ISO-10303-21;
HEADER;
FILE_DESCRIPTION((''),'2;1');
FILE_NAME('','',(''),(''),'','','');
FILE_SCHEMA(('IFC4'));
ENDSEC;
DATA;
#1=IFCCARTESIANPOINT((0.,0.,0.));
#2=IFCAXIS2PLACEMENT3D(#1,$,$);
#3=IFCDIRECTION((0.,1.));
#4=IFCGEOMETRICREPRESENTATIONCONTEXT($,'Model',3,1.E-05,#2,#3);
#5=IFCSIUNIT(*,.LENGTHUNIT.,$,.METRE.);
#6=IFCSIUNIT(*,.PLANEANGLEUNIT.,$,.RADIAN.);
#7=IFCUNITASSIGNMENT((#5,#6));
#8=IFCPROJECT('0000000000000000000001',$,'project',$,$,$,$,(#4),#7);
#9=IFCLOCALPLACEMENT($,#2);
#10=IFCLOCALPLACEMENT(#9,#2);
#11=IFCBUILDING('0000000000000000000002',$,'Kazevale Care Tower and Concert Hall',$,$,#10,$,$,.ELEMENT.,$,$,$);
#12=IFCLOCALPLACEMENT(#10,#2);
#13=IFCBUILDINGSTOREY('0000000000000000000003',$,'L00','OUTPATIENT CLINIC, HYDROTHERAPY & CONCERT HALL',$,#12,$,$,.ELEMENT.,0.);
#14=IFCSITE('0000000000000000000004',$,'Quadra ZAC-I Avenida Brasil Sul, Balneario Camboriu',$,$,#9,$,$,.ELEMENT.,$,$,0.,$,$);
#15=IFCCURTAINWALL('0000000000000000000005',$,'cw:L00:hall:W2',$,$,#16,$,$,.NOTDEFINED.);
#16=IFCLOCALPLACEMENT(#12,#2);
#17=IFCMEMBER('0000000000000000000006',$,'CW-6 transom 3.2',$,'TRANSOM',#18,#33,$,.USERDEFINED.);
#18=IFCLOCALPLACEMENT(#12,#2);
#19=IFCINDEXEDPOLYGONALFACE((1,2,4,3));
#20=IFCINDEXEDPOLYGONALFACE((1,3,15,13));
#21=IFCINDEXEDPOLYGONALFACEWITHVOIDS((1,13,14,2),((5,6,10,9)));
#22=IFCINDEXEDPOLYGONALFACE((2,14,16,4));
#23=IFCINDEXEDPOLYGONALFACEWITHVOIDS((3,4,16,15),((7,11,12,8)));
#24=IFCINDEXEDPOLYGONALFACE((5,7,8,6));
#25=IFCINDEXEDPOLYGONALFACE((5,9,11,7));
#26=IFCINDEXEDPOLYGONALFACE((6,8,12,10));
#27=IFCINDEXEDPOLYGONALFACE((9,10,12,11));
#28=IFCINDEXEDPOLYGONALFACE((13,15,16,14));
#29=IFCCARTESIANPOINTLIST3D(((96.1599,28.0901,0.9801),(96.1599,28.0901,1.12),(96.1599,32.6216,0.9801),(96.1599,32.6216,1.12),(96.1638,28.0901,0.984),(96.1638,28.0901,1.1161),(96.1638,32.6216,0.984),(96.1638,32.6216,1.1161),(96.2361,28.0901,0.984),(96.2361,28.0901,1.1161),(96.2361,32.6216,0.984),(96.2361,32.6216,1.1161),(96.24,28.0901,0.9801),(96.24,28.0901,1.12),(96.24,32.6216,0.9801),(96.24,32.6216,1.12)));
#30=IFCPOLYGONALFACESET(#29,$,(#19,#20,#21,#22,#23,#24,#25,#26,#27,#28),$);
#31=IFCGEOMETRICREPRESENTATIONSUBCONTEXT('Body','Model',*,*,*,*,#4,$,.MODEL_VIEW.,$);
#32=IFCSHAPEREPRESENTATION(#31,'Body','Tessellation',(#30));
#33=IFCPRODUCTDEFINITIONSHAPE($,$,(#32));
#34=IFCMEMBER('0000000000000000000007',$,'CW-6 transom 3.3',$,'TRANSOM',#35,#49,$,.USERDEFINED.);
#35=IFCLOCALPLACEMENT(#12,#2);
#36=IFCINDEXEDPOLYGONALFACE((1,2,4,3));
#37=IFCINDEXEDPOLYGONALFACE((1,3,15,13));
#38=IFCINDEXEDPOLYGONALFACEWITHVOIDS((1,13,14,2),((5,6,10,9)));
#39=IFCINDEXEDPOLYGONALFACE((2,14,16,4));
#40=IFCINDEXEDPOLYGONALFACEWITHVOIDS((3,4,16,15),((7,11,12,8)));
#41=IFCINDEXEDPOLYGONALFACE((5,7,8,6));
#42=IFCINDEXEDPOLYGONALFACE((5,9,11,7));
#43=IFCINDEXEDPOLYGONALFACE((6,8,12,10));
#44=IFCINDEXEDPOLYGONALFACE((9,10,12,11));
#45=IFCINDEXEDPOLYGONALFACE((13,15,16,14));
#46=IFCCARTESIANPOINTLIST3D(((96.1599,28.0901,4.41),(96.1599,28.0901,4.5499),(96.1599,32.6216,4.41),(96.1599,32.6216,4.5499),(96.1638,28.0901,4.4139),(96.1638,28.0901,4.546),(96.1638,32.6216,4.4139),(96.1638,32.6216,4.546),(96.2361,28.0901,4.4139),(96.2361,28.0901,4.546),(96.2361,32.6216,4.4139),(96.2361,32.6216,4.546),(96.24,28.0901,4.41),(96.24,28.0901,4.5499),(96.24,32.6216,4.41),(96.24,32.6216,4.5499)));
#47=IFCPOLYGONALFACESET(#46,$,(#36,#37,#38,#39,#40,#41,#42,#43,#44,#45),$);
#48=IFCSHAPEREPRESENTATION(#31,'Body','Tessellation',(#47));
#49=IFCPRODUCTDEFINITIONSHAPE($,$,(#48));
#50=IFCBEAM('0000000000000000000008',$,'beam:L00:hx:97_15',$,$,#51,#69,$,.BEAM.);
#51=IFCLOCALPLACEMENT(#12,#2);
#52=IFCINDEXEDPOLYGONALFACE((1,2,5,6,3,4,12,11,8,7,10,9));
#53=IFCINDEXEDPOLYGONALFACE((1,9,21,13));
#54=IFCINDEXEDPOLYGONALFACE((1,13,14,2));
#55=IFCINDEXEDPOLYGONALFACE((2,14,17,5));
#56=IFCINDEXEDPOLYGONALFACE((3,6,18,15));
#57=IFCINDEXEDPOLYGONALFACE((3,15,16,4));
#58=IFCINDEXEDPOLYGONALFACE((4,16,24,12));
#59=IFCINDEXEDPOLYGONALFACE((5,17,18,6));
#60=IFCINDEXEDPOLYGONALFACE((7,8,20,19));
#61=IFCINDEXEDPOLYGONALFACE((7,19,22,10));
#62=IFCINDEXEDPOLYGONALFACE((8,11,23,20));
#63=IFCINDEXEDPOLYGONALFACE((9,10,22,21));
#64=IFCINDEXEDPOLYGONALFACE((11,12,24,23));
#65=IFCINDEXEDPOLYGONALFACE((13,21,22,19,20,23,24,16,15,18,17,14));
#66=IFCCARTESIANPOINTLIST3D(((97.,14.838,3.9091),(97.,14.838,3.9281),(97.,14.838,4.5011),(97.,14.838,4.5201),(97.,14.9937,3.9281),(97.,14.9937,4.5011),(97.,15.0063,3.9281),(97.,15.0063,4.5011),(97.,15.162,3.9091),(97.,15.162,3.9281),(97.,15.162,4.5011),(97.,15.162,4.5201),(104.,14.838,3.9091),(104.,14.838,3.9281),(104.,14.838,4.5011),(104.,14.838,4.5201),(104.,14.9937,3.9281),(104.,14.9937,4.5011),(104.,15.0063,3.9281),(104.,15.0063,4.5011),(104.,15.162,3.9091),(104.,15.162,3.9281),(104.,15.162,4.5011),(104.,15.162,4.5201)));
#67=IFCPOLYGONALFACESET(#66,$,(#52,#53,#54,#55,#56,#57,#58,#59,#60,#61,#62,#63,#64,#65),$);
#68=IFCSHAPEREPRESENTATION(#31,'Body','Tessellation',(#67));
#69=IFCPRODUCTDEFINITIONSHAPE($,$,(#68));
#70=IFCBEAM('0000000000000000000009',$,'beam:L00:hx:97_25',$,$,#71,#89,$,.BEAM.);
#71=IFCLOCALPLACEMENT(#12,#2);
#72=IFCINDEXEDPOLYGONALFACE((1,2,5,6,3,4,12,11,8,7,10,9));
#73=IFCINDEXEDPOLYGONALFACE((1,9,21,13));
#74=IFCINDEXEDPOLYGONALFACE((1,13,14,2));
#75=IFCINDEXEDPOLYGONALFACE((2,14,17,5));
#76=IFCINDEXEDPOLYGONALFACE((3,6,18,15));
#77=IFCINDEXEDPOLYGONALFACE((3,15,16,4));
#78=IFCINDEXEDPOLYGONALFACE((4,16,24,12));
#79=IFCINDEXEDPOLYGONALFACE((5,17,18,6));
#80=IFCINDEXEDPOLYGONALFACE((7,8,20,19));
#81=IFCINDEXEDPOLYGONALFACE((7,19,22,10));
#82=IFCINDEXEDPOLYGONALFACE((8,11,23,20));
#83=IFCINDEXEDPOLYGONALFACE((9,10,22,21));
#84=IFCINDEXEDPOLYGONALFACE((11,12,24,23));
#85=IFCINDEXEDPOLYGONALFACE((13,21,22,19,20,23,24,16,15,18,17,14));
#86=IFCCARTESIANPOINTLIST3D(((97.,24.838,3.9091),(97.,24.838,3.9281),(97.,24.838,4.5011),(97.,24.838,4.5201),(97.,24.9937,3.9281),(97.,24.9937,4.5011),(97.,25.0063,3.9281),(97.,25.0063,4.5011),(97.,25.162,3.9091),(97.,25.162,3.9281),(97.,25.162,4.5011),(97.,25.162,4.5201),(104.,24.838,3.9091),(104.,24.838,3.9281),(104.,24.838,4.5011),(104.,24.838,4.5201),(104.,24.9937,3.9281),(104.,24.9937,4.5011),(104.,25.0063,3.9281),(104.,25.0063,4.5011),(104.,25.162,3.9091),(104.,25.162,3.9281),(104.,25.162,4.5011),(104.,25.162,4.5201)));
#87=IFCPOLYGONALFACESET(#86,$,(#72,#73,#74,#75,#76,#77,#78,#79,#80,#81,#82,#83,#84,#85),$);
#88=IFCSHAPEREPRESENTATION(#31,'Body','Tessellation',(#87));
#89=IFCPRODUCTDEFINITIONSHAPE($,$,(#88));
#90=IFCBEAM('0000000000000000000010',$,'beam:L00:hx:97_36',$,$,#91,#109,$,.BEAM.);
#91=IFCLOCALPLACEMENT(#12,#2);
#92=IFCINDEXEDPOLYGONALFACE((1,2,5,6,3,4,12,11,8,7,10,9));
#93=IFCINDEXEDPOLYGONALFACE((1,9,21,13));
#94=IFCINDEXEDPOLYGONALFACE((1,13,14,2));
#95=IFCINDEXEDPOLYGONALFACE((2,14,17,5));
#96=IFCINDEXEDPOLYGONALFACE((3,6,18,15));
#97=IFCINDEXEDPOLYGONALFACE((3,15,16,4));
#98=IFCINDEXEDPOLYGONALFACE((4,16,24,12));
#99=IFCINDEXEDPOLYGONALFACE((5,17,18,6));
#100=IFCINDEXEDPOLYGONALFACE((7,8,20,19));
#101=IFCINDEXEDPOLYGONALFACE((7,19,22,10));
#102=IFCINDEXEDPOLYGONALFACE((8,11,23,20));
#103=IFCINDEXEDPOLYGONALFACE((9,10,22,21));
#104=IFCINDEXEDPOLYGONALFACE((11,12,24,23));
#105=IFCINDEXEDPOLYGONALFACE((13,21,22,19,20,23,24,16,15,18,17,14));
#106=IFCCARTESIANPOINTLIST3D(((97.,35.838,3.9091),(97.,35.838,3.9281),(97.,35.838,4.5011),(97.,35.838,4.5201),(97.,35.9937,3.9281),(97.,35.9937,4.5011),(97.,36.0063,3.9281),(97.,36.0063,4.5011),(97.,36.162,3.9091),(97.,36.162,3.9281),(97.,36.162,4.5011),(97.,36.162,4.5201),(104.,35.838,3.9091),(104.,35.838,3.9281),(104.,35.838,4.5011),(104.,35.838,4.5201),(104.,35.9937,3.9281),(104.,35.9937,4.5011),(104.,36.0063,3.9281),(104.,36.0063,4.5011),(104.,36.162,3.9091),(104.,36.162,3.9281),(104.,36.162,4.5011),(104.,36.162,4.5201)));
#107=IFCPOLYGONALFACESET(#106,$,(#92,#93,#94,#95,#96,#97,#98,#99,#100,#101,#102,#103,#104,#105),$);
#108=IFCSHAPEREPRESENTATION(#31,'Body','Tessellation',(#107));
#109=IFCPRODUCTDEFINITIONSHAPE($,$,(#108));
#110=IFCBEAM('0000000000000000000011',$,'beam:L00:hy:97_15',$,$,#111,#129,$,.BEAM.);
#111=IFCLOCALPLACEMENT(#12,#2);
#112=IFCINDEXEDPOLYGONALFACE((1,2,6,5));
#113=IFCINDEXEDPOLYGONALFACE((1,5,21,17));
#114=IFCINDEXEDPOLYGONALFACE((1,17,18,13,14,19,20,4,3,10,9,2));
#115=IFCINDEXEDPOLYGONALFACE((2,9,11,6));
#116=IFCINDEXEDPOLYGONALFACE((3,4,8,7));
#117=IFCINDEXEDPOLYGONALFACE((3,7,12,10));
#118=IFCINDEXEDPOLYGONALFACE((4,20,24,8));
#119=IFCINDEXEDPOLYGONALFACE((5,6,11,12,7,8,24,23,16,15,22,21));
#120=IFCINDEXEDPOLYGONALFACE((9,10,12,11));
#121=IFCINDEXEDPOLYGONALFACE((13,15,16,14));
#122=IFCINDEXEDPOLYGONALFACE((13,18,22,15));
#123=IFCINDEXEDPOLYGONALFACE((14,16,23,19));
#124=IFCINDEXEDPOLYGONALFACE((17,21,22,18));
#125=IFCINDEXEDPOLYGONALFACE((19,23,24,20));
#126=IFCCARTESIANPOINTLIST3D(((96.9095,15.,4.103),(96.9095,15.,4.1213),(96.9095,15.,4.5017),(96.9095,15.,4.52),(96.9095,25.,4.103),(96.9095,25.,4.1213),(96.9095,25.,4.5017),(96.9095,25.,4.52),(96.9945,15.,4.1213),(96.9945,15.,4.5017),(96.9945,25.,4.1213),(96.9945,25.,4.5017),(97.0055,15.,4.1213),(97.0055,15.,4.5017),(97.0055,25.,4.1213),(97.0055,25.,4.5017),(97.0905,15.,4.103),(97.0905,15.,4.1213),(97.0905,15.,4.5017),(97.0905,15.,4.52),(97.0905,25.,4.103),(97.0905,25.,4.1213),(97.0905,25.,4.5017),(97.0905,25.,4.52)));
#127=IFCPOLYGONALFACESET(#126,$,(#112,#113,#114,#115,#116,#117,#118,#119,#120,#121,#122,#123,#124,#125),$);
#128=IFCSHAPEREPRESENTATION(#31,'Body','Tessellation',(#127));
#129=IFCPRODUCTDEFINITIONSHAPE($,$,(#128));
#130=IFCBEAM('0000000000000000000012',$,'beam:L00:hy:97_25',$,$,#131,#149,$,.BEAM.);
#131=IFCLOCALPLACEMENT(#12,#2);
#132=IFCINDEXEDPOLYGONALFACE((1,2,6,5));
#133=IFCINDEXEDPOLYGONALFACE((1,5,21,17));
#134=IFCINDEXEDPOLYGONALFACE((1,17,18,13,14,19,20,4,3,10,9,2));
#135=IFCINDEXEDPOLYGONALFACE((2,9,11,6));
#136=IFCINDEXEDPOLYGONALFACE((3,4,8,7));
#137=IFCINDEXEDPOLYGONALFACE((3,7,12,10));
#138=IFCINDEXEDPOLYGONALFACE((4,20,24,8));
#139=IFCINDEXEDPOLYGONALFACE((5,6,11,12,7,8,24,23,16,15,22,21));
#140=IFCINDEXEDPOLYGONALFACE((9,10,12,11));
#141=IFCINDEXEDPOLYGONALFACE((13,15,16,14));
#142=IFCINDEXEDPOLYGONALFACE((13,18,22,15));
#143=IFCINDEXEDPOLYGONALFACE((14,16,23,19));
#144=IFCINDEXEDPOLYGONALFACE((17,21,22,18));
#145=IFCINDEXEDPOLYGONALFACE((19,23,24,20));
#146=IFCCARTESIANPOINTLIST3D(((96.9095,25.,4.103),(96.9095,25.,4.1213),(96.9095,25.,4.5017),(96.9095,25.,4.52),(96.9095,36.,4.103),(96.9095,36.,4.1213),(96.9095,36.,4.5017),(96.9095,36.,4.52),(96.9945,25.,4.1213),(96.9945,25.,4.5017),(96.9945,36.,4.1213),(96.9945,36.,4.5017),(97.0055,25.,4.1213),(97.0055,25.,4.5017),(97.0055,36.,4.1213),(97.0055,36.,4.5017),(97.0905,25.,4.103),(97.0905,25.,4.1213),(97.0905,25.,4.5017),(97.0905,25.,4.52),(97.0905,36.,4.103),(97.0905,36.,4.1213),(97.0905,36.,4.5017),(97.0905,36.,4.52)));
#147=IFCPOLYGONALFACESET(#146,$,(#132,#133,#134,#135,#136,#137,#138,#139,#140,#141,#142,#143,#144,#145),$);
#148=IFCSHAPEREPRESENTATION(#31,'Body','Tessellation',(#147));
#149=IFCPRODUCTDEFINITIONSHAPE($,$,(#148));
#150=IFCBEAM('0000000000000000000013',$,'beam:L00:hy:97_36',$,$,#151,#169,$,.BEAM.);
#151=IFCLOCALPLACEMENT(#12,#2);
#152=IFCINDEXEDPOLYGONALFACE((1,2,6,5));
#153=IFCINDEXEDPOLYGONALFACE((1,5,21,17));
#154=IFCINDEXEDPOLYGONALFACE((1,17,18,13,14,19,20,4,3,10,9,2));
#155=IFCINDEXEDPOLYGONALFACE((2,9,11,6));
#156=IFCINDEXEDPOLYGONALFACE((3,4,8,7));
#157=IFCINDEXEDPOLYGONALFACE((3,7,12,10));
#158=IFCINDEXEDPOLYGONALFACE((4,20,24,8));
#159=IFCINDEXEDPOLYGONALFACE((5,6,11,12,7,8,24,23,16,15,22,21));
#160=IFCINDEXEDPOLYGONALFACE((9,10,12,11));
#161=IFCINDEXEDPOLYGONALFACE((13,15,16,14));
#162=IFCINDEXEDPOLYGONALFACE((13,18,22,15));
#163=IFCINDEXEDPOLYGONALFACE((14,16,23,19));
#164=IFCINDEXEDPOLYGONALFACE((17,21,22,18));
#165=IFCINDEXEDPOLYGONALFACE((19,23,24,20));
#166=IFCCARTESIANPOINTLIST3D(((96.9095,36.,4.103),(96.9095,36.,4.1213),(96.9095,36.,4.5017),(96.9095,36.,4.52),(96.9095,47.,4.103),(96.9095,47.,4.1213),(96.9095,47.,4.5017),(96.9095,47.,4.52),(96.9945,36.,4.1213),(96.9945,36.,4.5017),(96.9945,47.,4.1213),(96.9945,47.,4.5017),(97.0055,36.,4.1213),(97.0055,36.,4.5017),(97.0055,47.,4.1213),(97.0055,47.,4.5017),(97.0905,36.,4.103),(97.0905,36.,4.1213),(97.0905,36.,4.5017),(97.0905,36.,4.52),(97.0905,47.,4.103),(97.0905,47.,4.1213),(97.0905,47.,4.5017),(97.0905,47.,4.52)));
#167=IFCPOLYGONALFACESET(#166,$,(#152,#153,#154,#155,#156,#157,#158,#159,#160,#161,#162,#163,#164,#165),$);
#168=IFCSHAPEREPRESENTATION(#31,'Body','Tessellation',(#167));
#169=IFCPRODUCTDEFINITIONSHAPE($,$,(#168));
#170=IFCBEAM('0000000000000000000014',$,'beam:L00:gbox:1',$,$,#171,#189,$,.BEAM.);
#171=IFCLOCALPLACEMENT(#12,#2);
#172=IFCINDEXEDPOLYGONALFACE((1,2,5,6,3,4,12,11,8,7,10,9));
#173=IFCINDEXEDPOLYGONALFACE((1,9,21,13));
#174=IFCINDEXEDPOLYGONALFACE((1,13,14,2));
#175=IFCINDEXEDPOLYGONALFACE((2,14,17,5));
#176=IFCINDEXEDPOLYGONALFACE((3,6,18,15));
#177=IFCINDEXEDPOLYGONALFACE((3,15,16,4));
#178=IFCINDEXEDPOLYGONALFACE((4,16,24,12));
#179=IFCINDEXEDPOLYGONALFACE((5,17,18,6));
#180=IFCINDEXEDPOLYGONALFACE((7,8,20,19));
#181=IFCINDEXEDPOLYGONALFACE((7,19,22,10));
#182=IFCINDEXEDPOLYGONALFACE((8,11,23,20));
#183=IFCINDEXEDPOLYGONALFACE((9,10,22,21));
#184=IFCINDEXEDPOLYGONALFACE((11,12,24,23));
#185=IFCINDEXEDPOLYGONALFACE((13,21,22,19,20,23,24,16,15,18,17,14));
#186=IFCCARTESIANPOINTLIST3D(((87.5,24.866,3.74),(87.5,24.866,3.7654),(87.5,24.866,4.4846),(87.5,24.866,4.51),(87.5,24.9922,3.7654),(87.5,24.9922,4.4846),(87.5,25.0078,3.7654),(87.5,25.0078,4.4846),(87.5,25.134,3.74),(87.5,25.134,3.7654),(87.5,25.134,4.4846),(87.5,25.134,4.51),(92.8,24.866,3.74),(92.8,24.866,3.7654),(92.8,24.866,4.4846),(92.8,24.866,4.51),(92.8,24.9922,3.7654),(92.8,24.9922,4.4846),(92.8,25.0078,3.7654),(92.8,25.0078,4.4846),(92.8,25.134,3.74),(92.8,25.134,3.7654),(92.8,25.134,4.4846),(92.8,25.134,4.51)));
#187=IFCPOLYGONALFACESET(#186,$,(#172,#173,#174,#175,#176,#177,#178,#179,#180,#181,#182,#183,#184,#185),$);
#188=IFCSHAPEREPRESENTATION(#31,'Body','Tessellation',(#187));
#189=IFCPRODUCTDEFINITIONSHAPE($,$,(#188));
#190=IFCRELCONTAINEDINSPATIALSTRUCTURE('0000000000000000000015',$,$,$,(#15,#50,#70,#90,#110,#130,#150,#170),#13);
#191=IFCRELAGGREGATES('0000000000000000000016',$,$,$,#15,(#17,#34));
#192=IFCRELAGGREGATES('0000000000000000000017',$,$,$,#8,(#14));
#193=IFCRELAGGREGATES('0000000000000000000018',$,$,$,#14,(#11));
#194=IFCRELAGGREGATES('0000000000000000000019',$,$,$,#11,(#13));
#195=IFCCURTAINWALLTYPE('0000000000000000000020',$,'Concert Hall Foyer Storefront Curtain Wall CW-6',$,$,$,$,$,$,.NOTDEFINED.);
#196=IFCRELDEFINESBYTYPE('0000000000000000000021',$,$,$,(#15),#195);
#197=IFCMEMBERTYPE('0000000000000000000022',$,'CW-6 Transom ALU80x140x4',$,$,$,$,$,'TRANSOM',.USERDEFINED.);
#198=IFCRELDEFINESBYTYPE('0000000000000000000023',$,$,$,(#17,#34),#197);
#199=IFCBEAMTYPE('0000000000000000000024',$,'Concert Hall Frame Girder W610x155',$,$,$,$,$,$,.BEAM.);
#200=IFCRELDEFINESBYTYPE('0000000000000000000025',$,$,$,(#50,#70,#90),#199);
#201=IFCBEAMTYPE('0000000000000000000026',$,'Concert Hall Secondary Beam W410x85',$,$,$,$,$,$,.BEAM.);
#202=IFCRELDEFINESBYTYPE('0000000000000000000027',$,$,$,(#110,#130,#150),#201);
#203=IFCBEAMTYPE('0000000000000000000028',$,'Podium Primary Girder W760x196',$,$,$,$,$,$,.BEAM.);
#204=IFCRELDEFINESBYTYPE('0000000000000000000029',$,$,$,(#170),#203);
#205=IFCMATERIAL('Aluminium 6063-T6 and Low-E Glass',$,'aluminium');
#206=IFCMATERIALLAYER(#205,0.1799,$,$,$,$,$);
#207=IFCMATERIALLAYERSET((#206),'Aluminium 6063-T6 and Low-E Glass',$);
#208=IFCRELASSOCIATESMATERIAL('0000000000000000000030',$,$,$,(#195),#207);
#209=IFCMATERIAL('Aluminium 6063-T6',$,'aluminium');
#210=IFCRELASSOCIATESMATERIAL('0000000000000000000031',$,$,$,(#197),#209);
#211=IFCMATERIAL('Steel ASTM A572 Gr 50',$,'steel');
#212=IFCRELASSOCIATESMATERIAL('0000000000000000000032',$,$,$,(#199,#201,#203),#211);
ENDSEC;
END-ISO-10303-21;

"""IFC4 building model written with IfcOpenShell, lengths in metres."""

from ifc_helpers import new_model, si_unit, direction, frame, origin, origin_2d, place, context, subcontext, project, spatial, hollow_rectangle, i_section, extrude, material, layer, layer_set, material_profile, profile_set, type_object, element, aggregate, save


model = new_model("IFC4")

# Units and contexts
model_context = context("Model", 3, precision=1e-05, world=origin(), true_north=direction((0.0, 1.0)))
body_context = subcontext(model_context, "Body", "Model", "MODEL_VIEW")
ifc_project = project(units=[si_unit("LENGTHUNIT", "METRE"), si_unit("PLANEANGLEUNIT", "RADIAN")], contexts=[model_context])

# Site, building, storey
site_placement = place(None, origin())
site = spatial("IfcSite", under=ifc_project, at=site_placement, Name="Quadra ZAC-I Avenida Brasil Sul, Balneario Camboriu", CompositionType="ELEMENT", RefElevation=0.0)
building_placement = place(site_placement, origin())
building = spatial("IfcBuilding", under=site, at=building_placement, Name="Kazevale Care Tower and Concert Hall", CompositionType="ELEMENT")
storey_placement = place(building_placement, origin())
storey = spatial("IfcBuildingStorey", under=building, at=storey_placement, Name="L00", Description="OUTPATIENT CLINIC, HYDROTHERAPY & CONCERT HALL", CompositionType="ELEMENT", Elevation=0.0)

# Curtain wall, members
ifc_material_1 = material(Name="Aluminium 6063-T6 and Low-E Glass", Category="aluminium")
ifc_layer_1 = layer(ifc_material_1, 0.1799)
ifc_layer_set_1 = layer_set([ifc_layer_1], Name="Aluminium 6063-T6 and Low-E Glass")
curtain_wall_type = type_object("IfcCurtainWallType", Name="Concert Hall Foyer Storefront Curtain Wall CW-6", PredefinedType="NOTDEFINED", material=ifc_layer_set_1)
curtain_wall_placement = place(storey_placement, origin())
curtain_wall = element("IfcCurtainWall", 1, at=curtain_wall_placement, inside=storey, type_object=curtain_wall_type, Name="cw:L00:hall:W2", PredefinedType="NOTDEFINED")
ifc_material_2 = material(Name="Aluminium 6063-T6", Category="aluminium")
ifc_material_profile_1 = material_profile(ifc_material_2, hollow_rectangle(XDim=0.0801, YDim=0.1399, WallThickness=0.0039, at=origin_2d()), Name="ALU80x140x4")
ifc_profile_set_1 = profile_set([ifc_material_profile_1], Name="Aluminium 6063-T6")
member_type_1 = type_object("IfcMemberType", Name="CW-6 Transom ALU80x140x4", ElementType="TRANSOM", PredefinedType="USERDEFINED", material=ifc_profile_set_1)
member_1_placement = place(storey_placement, frame((96.2, 32.6216, 1.05), z_axis=(0.0, -1.0, 0.0), x_axis=(1.0, 0.0, 0.0)))
member_1 = element("IfcMember", 2, at=member_1_placement, type_object=member_type_1, Name="CW-6 transom 3.2", ObjectType="TRANSOM", PredefinedType="USERDEFINED", context=body_context, shape_type="SweptSolid", body=[
    extrude(hollow_rectangle(XDim=0.0801, YDim=0.1399, WallThickness=0.0039, at=origin_2d()), origin(), (0.0, 0.0, 1.0), 4.5315),
])
member_2_placement = place(storey_placement, frame((96.2, 32.6216, 4.48), z_axis=(0.0, -1.0, 0.0), x_axis=(1.0, 0.0, 0.0)))
member_2 = element("IfcMember", 3, at=member_2_placement, type_object=member_type_1, Name="CW-6 transom 3.3", ObjectType="TRANSOM", PredefinedType="USERDEFINED", context=body_context, shape_type="SweptSolid", body=[
    extrude(hollow_rectangle(XDim=0.0801, YDim=0.1399, WallThickness=0.0039, at=origin_2d()), origin(), (0.0, 0.0, 1.0), 4.5315),
])

# Beams
ifc_material_3 = material(Name="Steel ASTM A572 Gr 50", Category="steel")
ifc_material_profile_2 = material_profile(ifc_material_3, i_section(OverallWidth=0.324, OverallDepth=0.6111, WebThickness=0.0127, FlangeThickness=0.019, at=origin_2d()), Name="W610x155")
ifc_profile_set_2 = profile_set([ifc_material_profile_2], Name="Steel ASTM A572 Gr 50")
beam_type_1 = type_object("IfcBeamType", Name="Concert Hall Frame Girder W610x155", PredefinedType="BEAM", material=ifc_profile_set_2)
for number, where, z_axis, x_axis, name in (
    (4, (97.0, 15.0, 4.2146), (1.0, 0.0, 0.0), (0.0, 1.0, 0.0), "beam:L00:hx:97_15"),
    (5, (97.0, 25.0, 4.2146), (1.0, 0.0, 0.0), (0.0, 1.0, 0.0), "beam:L00:hx:97_25"),
    (6, (97.0, 36.0, 4.2146), (1.0, 0.0, 0.0), (0.0, 1.0, 0.0), "beam:L00:hx:97_36"),
):
    element("IfcBeam", number, at=place(storey_placement, frame(where, z_axis=z_axis, x_axis=x_axis)), inside=storey, type_object=beam_type_1, Name=name, PredefinedType="BEAM", context=body_context, shape_type="SweptSolid", body=[
        extrude(i_section(OverallWidth=0.324, OverallDepth=0.6111, WebThickness=0.0127, FlangeThickness=0.019, at=origin_2d()), origin(), (0.0, 0.0, 1.0), 7.0),
    ])
ifc_material_profile_3 = material_profile(ifc_material_3, i_section(OverallWidth=0.1809, OverallDepth=0.417, WebThickness=0.011, FlangeThickness=0.0183, at=origin_2d()), Name="W410x85")
ifc_profile_set_3 = profile_set([ifc_material_profile_3], Name="Steel ASTM A572 Gr 50")
beam_type_2 = type_object("IfcBeamType", Name="Concert Hall Secondary Beam W410x85", PredefinedType="BEAM", material=ifc_profile_set_3)
beam_1_placement = place(storey_placement, frame((97.0, 15.0, 4.3115), z_axis=(0.0, 1.0, 0.0), x_axis=(-1.0, 0.0, 0.0)))
element("IfcBeam", 7, at=beam_1_placement, inside=storey, type_object=beam_type_2, Name="beam:L00:hy:97_15", PredefinedType="BEAM", context=body_context, shape_type="SweptSolid", body=[
    extrude(i_section(OverallWidth=0.1809, OverallDepth=0.417, WebThickness=0.011, FlangeThickness=0.0183, at=origin_2d()), origin(), (0.0, 0.0, 1.0), 10.0),
])
for number, where, z_axis, x_axis, name in (
    (8, (97.0, 25.0, 4.3115), (0.0, 1.0, 0.0), (-1.0, 0.0, 0.0), "beam:L00:hy:97_25"),
    (9, (97.0, 36.0, 4.3115), (0.0, 1.0, 0.0), (-1.0, 0.0, 0.0), "beam:L00:hy:97_36"),
):
    element("IfcBeam", number, at=place(storey_placement, frame(where, z_axis=z_axis, x_axis=x_axis)), inside=storey, type_object=beam_type_2, Name=name, PredefinedType="BEAM", context=body_context, shape_type="SweptSolid", body=[
        extrude(i_section(OverallWidth=0.1809, OverallDepth=0.417, WebThickness=0.011, FlangeThickness=0.0183, at=origin_2d()), origin(), (0.0, 0.0, 1.0), 11.0),
    ])
ifc_material_profile_4 = material_profile(ifc_material_3, i_section(OverallWidth=0.2681, OverallDepth=0.77, WebThickness=0.0156, FlangeThickness=0.0254, at=origin_2d()), Name="W760x196")
ifc_profile_set_4 = profile_set([ifc_material_profile_4], Name="Steel ASTM A572 Gr 50")
beam_type_3 = type_object("IfcBeamType", Name="Podium Primary Girder W760x196", PredefinedType="BEAM", material=ifc_profile_set_4)
beam_2_placement = place(storey_placement, frame((87.5, 25.0, 4.125), z_axis=(1.0, 0.0, 0.0), x_axis=(0.0, 1.0, 0.0)))
element("IfcBeam", 10, at=beam_2_placement, inside=storey, type_object=beam_type_3, Name="beam:L00:gbox:1", PredefinedType="BEAM", context=body_context, shape_type="SweptSolid", body=[
    extrude(i_section(OverallWidth=0.2681, OverallDepth=0.77, WebThickness=0.0156, FlangeThickness=0.0254, at=origin_2d()), origin(), (0.0, 0.0, 1.0), 5.3),
])

aggregate(curtain_wall, [member_1, member_2])

save(model, "model.ifc")
